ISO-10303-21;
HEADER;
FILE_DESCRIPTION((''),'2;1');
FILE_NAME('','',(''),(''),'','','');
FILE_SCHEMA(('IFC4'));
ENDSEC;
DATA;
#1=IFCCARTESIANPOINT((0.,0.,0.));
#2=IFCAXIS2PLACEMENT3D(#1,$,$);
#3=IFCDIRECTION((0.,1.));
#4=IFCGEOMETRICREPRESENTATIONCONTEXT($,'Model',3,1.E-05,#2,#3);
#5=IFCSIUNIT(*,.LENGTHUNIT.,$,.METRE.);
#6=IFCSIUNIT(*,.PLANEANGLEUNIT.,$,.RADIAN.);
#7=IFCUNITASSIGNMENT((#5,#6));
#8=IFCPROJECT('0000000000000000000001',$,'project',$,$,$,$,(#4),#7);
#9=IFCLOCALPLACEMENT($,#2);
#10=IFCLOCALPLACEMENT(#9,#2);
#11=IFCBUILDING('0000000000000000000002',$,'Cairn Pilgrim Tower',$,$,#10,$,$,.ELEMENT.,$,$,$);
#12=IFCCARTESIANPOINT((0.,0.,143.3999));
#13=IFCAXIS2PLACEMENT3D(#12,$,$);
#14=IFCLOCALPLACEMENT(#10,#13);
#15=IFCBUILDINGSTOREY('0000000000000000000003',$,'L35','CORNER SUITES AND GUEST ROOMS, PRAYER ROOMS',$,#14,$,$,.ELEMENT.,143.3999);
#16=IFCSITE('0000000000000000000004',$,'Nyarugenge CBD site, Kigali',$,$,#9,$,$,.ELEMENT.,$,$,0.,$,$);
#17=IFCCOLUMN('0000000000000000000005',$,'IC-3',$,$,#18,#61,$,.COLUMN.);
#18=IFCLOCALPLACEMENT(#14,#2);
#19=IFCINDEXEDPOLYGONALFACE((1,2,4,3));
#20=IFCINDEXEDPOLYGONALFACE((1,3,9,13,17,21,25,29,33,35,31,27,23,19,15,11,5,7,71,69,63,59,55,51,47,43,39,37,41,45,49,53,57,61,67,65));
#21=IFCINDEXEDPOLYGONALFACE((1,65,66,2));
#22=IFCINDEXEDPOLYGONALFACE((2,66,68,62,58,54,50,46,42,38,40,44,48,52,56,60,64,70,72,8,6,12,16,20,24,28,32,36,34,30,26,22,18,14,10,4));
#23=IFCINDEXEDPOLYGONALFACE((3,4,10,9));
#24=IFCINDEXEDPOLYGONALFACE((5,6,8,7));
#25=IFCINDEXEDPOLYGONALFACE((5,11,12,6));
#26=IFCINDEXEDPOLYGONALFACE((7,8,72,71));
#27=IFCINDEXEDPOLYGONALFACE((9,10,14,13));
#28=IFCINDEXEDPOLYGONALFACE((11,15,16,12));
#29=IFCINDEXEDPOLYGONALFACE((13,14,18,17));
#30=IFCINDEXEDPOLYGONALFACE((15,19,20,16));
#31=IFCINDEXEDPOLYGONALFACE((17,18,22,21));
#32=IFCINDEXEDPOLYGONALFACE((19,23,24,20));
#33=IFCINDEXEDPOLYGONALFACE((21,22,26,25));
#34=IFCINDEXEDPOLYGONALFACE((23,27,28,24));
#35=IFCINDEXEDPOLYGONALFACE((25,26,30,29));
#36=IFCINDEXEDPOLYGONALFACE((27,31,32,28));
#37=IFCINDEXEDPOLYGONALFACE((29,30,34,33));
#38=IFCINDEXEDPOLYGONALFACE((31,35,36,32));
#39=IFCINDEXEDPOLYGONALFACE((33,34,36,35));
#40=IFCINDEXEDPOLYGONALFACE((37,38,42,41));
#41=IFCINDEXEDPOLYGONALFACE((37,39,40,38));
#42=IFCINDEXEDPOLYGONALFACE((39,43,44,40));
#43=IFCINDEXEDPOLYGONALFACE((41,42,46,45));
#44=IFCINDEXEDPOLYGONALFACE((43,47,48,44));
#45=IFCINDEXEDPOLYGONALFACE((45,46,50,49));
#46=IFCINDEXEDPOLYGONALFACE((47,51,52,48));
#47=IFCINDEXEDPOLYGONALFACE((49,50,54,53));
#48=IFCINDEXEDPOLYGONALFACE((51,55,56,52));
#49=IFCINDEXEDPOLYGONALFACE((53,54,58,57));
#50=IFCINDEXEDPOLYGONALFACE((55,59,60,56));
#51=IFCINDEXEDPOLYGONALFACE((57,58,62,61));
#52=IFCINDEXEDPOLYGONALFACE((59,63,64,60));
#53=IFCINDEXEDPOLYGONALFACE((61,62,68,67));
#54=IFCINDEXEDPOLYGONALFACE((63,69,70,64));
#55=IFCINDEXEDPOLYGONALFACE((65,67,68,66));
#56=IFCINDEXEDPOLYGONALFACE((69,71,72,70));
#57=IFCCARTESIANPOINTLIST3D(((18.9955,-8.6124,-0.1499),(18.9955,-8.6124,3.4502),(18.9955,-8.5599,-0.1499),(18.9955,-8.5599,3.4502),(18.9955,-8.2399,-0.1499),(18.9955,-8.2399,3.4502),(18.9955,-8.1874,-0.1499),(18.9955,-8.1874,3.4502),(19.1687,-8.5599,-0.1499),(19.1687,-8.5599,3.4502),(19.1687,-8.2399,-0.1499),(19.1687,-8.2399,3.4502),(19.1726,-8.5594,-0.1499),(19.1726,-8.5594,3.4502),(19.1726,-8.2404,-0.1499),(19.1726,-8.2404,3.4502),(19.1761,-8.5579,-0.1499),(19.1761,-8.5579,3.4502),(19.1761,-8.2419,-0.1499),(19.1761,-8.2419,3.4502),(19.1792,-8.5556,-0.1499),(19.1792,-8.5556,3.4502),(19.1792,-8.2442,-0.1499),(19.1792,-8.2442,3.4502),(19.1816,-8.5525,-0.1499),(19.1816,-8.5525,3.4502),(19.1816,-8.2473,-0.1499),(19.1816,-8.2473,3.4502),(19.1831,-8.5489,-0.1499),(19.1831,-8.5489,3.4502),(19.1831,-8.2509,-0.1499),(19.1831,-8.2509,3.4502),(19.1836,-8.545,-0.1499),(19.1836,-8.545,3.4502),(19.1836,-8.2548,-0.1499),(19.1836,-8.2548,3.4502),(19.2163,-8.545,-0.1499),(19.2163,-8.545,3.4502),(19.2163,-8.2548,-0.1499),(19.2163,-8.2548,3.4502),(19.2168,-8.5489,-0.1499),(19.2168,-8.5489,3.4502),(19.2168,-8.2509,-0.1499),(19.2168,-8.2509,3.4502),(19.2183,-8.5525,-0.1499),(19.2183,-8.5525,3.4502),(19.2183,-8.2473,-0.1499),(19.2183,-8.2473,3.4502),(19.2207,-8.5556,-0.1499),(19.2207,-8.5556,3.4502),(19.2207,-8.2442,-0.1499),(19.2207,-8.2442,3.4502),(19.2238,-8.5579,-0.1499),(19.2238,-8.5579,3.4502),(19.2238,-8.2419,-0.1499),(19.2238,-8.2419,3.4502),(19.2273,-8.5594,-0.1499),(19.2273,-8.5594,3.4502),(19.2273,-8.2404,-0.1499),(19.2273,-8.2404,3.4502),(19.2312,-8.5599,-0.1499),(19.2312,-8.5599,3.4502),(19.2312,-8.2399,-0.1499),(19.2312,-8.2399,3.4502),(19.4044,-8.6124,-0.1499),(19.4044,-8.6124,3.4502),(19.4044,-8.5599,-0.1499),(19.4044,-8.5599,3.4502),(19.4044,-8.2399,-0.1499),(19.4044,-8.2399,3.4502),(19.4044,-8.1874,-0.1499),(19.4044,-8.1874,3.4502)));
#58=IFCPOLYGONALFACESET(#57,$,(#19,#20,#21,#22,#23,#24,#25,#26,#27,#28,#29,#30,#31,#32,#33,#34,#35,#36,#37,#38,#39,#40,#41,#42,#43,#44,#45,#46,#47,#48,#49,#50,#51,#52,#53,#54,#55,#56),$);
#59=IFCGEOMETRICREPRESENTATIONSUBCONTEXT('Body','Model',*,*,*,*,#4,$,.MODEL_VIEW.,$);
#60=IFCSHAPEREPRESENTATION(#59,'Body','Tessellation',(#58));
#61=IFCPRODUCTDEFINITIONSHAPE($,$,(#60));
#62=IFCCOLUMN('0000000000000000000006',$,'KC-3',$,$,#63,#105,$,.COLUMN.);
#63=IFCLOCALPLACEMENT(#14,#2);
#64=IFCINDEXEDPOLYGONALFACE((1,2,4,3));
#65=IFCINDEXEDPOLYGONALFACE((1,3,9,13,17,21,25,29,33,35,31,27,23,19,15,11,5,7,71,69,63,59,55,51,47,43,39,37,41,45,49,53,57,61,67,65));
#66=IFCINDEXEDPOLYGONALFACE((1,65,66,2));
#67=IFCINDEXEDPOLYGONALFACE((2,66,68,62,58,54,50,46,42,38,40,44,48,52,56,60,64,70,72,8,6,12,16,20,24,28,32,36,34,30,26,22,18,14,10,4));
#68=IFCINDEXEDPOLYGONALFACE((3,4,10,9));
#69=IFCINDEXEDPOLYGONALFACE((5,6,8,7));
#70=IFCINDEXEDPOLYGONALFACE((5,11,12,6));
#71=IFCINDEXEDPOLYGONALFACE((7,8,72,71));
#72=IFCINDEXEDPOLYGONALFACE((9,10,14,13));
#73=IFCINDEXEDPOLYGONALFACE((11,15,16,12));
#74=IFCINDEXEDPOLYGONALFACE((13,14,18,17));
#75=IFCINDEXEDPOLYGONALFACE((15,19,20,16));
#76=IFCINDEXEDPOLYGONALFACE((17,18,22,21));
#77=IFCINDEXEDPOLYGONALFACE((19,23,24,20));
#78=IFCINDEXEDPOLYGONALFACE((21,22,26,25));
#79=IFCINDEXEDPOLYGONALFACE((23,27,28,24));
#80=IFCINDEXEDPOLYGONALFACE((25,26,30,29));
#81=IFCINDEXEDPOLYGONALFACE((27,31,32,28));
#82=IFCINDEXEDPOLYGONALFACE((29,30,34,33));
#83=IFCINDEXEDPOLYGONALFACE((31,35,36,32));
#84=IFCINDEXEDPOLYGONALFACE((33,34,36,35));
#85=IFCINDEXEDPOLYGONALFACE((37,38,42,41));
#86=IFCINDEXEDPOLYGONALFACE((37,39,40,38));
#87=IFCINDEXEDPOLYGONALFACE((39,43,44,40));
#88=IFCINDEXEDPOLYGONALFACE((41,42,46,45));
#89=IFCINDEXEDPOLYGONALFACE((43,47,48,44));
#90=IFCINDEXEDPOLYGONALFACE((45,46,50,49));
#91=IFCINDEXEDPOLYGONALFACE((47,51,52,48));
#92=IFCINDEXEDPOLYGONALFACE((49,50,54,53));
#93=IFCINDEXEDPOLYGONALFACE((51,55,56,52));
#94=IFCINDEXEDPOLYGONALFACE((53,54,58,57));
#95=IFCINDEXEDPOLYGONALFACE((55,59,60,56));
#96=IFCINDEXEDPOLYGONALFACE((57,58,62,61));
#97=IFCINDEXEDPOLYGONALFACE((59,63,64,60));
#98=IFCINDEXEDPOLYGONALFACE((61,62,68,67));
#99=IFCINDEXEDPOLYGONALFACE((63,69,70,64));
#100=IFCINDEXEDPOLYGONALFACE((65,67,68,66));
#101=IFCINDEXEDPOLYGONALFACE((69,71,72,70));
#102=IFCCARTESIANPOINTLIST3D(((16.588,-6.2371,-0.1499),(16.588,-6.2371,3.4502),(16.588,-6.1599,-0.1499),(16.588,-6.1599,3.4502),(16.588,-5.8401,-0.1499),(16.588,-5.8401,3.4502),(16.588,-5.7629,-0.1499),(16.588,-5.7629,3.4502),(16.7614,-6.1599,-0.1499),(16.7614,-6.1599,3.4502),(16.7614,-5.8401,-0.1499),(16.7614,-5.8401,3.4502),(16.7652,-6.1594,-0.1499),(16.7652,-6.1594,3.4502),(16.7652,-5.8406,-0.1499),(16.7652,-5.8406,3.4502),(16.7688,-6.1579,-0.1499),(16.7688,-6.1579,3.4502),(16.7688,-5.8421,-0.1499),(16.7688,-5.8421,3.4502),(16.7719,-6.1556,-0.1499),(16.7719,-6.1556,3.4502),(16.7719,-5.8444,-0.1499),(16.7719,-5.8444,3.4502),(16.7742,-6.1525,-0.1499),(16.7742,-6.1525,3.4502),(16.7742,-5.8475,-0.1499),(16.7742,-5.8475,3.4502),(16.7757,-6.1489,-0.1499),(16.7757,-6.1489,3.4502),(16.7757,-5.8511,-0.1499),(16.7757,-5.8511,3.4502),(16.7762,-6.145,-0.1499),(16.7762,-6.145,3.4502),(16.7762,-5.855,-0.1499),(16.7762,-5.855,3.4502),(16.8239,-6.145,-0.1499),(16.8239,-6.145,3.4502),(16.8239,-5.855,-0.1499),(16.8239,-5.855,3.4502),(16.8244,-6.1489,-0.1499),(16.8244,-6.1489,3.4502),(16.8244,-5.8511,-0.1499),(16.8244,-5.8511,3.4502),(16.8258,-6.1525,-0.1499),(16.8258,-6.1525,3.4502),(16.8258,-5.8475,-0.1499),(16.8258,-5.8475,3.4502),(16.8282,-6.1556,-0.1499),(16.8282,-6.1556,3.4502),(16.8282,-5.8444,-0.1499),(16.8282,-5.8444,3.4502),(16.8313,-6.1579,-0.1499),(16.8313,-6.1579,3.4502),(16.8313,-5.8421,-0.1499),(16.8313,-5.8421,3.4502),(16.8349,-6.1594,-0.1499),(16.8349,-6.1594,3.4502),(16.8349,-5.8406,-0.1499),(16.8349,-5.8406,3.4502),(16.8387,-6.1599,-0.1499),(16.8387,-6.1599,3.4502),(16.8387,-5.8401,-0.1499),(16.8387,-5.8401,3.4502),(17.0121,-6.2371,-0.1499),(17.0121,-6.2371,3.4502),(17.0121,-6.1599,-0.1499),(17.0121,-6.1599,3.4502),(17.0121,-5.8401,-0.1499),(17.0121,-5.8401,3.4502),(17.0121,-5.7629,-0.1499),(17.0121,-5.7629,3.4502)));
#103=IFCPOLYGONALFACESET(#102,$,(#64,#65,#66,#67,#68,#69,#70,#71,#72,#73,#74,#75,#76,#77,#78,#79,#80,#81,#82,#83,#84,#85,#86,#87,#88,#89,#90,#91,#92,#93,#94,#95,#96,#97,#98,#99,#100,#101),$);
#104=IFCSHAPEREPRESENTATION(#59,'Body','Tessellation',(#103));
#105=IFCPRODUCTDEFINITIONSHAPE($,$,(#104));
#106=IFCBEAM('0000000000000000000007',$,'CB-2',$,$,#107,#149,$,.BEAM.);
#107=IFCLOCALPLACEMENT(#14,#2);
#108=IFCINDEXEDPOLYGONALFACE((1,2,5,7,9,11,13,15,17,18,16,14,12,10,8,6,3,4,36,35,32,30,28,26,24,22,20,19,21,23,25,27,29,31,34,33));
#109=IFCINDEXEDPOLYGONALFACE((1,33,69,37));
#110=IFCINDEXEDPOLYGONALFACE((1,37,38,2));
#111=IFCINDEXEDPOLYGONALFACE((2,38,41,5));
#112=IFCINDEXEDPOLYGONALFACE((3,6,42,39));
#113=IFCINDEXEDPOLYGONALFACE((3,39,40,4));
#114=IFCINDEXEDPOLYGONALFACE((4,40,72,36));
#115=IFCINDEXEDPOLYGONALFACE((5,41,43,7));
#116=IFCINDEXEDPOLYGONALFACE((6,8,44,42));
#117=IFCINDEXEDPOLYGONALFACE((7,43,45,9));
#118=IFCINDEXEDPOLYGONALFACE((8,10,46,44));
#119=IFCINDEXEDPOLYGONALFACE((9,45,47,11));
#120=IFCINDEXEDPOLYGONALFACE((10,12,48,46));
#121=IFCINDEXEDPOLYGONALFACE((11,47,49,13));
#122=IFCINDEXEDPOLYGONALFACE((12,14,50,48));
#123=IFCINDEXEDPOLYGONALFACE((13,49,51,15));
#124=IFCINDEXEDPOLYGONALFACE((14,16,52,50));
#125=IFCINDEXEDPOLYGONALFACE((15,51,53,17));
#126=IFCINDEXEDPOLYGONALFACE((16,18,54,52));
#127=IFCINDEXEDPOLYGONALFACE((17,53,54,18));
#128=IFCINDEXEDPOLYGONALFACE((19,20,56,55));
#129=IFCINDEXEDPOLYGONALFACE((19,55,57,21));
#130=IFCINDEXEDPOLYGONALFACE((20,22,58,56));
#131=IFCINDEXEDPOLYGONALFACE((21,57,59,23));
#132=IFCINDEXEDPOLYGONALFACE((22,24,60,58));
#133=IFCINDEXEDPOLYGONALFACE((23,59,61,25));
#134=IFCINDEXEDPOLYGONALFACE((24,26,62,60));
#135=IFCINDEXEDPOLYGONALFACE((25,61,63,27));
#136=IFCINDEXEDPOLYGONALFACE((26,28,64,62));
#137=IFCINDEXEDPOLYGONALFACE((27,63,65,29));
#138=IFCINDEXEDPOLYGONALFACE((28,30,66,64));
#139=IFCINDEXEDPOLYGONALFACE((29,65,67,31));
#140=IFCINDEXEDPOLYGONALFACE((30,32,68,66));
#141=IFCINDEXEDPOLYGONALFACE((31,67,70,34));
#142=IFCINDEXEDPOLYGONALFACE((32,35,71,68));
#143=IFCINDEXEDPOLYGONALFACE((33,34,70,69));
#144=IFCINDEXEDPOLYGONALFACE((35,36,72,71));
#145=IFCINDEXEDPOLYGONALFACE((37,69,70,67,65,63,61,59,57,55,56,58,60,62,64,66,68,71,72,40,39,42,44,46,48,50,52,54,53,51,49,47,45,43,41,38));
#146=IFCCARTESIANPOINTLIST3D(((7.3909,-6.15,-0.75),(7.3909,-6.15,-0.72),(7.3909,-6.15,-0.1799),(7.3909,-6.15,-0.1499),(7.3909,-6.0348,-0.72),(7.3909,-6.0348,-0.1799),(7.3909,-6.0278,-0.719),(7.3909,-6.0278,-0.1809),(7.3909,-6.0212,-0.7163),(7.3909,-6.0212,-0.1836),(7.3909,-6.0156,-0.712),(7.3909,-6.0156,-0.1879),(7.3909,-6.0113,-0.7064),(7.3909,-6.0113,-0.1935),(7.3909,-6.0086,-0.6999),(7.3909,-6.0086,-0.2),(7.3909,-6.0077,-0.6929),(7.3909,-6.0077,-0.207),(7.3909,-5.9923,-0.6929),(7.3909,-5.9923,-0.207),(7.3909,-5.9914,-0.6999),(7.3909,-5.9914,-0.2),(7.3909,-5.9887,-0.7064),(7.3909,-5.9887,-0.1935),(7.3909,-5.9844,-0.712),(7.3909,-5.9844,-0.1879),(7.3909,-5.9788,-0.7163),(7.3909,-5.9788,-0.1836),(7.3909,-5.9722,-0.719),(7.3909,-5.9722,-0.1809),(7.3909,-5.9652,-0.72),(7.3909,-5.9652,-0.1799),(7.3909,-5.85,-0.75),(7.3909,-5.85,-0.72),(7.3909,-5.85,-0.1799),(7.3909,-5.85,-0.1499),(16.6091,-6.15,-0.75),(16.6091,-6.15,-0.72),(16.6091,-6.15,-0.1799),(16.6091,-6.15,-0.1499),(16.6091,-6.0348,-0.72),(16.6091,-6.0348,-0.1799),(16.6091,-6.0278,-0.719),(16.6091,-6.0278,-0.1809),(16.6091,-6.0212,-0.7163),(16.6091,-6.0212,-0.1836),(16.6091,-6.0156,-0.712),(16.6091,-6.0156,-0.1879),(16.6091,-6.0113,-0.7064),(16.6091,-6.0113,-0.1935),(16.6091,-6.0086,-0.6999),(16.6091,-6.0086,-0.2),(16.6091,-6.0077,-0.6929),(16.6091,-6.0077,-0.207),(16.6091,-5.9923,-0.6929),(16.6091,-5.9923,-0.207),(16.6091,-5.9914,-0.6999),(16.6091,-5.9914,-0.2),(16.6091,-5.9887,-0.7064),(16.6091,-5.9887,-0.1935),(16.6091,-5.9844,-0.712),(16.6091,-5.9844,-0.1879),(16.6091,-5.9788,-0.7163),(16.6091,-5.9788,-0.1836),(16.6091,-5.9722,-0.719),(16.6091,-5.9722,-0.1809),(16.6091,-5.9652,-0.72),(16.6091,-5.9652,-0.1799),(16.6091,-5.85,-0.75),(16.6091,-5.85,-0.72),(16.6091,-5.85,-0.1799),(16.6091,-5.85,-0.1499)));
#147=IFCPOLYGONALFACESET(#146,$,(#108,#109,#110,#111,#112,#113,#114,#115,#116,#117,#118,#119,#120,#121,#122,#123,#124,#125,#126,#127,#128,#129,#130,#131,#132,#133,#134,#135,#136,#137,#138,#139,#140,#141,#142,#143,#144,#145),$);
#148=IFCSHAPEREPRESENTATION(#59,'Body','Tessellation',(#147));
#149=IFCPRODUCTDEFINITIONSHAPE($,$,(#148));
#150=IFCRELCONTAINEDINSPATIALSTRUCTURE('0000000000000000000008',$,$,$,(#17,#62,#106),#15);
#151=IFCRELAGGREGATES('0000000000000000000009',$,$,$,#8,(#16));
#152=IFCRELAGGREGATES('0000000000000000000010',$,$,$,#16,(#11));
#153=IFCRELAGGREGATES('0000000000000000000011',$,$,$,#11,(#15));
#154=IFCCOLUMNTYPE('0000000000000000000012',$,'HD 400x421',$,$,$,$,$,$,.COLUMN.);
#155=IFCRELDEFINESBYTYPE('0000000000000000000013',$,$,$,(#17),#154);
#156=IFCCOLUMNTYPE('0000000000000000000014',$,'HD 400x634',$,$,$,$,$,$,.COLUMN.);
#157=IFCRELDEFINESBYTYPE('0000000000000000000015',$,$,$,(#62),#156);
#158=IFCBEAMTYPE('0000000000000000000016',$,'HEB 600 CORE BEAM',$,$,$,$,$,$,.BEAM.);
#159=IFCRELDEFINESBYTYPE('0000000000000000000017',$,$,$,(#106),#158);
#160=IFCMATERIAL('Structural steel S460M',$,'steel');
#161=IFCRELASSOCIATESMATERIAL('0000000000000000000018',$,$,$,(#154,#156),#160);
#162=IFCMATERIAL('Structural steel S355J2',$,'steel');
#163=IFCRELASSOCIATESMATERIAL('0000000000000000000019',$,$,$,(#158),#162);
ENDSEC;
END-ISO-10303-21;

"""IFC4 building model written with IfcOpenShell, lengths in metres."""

from ifc_helpers import new_model, si_unit, direction, frame, origin, origin_2d, place, context, subcontext, project, spatial, i_section, extrude, material, material_profile, profile_set, type_object, element, save


model = new_model("IFC4")

# Units and contexts
model_context = context("Model", 3, precision=1e-05, world=origin(), true_north=direction((0.0, 1.0)))
body_context = subcontext(model_context, "Body", "Model", "MODEL_VIEW")
ifc_project = project(units=[si_unit("LENGTHUNIT", "METRE"), si_unit("PLANEANGLEUNIT", "RADIAN")], contexts=[model_context])

# Site, building, storey
site_placement = place(None, origin())
site = spatial("IfcSite", under=ifc_project, at=site_placement, Name="Nyarugenge CBD site, Kigali", CompositionType="ELEMENT", RefElevation=0.0)
building_placement = place(site_placement, origin())
building = spatial("IfcBuilding", under=site, at=building_placement, Name="Cairn Pilgrim Tower", CompositionType="ELEMENT")
storey_placement = place(building_placement, frame((0.0, 0.0, 143.3999)))
storey = spatial("IfcBuildingStorey", under=building, at=storey_placement, Name="L35", Description="CORNER SUITES AND GUEST ROOMS, PRAYER ROOMS", CompositionType="ELEMENT", Elevation=143.3999)

# Columns
ifc_material_1 = material(Name="Structural steel S460M", Category="steel")
ifc_material_profile_1 = material_profile(ifc_material_1, i_section(OverallWidth=0.4089, OverallDepth=0.425, WebThickness=0.0327, FlangeThickness=0.0525, FilletRadius=0.0149, at=origin_2d()), Name="HD 400x421")
ifc_profile_set_1 = profile_set([ifc_material_profile_1], Name="Structural steel S460M")
column_type_1 = type_object("IfcColumnType", Name="HD 400x421", PredefinedType="COLUMN", material=ifc_profile_set_1)
column_1_placement = place(storey_placement, frame((19.2, -8.3999, -0.1499), z_axis=(0.0, 0.0, 1.0), x_axis=(1.0, 0.0, 0.0)))
element("IfcColumn", 1, at=column_1_placement, inside=storey, type_object=column_type_1, Name="IC-3", PredefinedType="COLUMN", context=body_context, shape_type="SweptSolid", body=[
    extrude(i_section(OverallWidth=0.4089, OverallDepth=0.425, WebThickness=0.0327, FlangeThickness=0.0525, FilletRadius=0.0149, at=origin_2d()), origin(), (0.0, 0.0, 1.0), 3.6001),
])
ifc_material_profile_2 = material_profile(ifc_material_1, i_section(OverallWidth=0.4241, OverallDepth=0.4741, WebThickness=0.0476, FlangeThickness=0.0771, FilletRadius=0.0149, at=origin_2d()), Name="HD 400x634")
ifc_profile_set_2 = profile_set([ifc_material_profile_2], Name="Structural steel S460M")
column_type_2 = type_object("IfcColumnType", Name="HD 400x634", PredefinedType="COLUMN", material=ifc_profile_set_2)
column_2_placement = place(storey_placement, frame((16.8, -6.0, -0.1499), z_axis=(0.0, 0.0, 1.0), x_axis=(1.0, 0.0, 0.0)))
element("IfcColumn", 2, at=column_2_placement, inside=storey, type_object=column_type_2, Name="KC-3", PredefinedType="COLUMN", context=body_context, shape_type="SweptSolid", body=[
    extrude(i_section(OverallWidth=0.4241, OverallDepth=0.4741, WebThickness=0.0476, FlangeThickness=0.0771, FilletRadius=0.0149, at=origin_2d()), origin(), (0.0, 0.0, 1.0), 3.6001),
])

# Beam
ifc_material_2 = material(Name="Structural steel S355J2", Category="steel")
ifc_material_profile_3 = material_profile(ifc_material_2, i_section(OverallWidth=0.3, OverallDepth=0.6001, WebThickness=0.0154, FlangeThickness=0.03, FilletRadius=0.0271, at=origin_2d()), Name="HEB 600")
ifc_profile_set_3 = profile_set([ifc_material_profile_3], Name="Structural steel S355J2")
beam_type_1 = type_object("IfcBeamType", Name="HEB 600 CORE BEAM", PredefinedType="BEAM", material=ifc_profile_set_3)
beam_1_placement = place(storey_placement, frame((7.3909, -6.0, -0.45), z_axis=(1.0, 0.0, 0.0), x_axis=(0.0, 1.0, 0.0)))
element("IfcBeam", 3, at=beam_1_placement, inside=storey, type_object=beam_type_1, Name="CB-2", PredefinedType="BEAM", context=body_context, shape_type="SweptSolid", body=[
    extrude(i_section(OverallWidth=0.3, OverallDepth=0.6001, WebThickness=0.0154, FlangeThickness=0.03, FilletRadius=0.0271, at=origin_2d()), origin(), (0.0, 0.0, 1.0), 9.2183),
])

save(model, "model.ifc")
